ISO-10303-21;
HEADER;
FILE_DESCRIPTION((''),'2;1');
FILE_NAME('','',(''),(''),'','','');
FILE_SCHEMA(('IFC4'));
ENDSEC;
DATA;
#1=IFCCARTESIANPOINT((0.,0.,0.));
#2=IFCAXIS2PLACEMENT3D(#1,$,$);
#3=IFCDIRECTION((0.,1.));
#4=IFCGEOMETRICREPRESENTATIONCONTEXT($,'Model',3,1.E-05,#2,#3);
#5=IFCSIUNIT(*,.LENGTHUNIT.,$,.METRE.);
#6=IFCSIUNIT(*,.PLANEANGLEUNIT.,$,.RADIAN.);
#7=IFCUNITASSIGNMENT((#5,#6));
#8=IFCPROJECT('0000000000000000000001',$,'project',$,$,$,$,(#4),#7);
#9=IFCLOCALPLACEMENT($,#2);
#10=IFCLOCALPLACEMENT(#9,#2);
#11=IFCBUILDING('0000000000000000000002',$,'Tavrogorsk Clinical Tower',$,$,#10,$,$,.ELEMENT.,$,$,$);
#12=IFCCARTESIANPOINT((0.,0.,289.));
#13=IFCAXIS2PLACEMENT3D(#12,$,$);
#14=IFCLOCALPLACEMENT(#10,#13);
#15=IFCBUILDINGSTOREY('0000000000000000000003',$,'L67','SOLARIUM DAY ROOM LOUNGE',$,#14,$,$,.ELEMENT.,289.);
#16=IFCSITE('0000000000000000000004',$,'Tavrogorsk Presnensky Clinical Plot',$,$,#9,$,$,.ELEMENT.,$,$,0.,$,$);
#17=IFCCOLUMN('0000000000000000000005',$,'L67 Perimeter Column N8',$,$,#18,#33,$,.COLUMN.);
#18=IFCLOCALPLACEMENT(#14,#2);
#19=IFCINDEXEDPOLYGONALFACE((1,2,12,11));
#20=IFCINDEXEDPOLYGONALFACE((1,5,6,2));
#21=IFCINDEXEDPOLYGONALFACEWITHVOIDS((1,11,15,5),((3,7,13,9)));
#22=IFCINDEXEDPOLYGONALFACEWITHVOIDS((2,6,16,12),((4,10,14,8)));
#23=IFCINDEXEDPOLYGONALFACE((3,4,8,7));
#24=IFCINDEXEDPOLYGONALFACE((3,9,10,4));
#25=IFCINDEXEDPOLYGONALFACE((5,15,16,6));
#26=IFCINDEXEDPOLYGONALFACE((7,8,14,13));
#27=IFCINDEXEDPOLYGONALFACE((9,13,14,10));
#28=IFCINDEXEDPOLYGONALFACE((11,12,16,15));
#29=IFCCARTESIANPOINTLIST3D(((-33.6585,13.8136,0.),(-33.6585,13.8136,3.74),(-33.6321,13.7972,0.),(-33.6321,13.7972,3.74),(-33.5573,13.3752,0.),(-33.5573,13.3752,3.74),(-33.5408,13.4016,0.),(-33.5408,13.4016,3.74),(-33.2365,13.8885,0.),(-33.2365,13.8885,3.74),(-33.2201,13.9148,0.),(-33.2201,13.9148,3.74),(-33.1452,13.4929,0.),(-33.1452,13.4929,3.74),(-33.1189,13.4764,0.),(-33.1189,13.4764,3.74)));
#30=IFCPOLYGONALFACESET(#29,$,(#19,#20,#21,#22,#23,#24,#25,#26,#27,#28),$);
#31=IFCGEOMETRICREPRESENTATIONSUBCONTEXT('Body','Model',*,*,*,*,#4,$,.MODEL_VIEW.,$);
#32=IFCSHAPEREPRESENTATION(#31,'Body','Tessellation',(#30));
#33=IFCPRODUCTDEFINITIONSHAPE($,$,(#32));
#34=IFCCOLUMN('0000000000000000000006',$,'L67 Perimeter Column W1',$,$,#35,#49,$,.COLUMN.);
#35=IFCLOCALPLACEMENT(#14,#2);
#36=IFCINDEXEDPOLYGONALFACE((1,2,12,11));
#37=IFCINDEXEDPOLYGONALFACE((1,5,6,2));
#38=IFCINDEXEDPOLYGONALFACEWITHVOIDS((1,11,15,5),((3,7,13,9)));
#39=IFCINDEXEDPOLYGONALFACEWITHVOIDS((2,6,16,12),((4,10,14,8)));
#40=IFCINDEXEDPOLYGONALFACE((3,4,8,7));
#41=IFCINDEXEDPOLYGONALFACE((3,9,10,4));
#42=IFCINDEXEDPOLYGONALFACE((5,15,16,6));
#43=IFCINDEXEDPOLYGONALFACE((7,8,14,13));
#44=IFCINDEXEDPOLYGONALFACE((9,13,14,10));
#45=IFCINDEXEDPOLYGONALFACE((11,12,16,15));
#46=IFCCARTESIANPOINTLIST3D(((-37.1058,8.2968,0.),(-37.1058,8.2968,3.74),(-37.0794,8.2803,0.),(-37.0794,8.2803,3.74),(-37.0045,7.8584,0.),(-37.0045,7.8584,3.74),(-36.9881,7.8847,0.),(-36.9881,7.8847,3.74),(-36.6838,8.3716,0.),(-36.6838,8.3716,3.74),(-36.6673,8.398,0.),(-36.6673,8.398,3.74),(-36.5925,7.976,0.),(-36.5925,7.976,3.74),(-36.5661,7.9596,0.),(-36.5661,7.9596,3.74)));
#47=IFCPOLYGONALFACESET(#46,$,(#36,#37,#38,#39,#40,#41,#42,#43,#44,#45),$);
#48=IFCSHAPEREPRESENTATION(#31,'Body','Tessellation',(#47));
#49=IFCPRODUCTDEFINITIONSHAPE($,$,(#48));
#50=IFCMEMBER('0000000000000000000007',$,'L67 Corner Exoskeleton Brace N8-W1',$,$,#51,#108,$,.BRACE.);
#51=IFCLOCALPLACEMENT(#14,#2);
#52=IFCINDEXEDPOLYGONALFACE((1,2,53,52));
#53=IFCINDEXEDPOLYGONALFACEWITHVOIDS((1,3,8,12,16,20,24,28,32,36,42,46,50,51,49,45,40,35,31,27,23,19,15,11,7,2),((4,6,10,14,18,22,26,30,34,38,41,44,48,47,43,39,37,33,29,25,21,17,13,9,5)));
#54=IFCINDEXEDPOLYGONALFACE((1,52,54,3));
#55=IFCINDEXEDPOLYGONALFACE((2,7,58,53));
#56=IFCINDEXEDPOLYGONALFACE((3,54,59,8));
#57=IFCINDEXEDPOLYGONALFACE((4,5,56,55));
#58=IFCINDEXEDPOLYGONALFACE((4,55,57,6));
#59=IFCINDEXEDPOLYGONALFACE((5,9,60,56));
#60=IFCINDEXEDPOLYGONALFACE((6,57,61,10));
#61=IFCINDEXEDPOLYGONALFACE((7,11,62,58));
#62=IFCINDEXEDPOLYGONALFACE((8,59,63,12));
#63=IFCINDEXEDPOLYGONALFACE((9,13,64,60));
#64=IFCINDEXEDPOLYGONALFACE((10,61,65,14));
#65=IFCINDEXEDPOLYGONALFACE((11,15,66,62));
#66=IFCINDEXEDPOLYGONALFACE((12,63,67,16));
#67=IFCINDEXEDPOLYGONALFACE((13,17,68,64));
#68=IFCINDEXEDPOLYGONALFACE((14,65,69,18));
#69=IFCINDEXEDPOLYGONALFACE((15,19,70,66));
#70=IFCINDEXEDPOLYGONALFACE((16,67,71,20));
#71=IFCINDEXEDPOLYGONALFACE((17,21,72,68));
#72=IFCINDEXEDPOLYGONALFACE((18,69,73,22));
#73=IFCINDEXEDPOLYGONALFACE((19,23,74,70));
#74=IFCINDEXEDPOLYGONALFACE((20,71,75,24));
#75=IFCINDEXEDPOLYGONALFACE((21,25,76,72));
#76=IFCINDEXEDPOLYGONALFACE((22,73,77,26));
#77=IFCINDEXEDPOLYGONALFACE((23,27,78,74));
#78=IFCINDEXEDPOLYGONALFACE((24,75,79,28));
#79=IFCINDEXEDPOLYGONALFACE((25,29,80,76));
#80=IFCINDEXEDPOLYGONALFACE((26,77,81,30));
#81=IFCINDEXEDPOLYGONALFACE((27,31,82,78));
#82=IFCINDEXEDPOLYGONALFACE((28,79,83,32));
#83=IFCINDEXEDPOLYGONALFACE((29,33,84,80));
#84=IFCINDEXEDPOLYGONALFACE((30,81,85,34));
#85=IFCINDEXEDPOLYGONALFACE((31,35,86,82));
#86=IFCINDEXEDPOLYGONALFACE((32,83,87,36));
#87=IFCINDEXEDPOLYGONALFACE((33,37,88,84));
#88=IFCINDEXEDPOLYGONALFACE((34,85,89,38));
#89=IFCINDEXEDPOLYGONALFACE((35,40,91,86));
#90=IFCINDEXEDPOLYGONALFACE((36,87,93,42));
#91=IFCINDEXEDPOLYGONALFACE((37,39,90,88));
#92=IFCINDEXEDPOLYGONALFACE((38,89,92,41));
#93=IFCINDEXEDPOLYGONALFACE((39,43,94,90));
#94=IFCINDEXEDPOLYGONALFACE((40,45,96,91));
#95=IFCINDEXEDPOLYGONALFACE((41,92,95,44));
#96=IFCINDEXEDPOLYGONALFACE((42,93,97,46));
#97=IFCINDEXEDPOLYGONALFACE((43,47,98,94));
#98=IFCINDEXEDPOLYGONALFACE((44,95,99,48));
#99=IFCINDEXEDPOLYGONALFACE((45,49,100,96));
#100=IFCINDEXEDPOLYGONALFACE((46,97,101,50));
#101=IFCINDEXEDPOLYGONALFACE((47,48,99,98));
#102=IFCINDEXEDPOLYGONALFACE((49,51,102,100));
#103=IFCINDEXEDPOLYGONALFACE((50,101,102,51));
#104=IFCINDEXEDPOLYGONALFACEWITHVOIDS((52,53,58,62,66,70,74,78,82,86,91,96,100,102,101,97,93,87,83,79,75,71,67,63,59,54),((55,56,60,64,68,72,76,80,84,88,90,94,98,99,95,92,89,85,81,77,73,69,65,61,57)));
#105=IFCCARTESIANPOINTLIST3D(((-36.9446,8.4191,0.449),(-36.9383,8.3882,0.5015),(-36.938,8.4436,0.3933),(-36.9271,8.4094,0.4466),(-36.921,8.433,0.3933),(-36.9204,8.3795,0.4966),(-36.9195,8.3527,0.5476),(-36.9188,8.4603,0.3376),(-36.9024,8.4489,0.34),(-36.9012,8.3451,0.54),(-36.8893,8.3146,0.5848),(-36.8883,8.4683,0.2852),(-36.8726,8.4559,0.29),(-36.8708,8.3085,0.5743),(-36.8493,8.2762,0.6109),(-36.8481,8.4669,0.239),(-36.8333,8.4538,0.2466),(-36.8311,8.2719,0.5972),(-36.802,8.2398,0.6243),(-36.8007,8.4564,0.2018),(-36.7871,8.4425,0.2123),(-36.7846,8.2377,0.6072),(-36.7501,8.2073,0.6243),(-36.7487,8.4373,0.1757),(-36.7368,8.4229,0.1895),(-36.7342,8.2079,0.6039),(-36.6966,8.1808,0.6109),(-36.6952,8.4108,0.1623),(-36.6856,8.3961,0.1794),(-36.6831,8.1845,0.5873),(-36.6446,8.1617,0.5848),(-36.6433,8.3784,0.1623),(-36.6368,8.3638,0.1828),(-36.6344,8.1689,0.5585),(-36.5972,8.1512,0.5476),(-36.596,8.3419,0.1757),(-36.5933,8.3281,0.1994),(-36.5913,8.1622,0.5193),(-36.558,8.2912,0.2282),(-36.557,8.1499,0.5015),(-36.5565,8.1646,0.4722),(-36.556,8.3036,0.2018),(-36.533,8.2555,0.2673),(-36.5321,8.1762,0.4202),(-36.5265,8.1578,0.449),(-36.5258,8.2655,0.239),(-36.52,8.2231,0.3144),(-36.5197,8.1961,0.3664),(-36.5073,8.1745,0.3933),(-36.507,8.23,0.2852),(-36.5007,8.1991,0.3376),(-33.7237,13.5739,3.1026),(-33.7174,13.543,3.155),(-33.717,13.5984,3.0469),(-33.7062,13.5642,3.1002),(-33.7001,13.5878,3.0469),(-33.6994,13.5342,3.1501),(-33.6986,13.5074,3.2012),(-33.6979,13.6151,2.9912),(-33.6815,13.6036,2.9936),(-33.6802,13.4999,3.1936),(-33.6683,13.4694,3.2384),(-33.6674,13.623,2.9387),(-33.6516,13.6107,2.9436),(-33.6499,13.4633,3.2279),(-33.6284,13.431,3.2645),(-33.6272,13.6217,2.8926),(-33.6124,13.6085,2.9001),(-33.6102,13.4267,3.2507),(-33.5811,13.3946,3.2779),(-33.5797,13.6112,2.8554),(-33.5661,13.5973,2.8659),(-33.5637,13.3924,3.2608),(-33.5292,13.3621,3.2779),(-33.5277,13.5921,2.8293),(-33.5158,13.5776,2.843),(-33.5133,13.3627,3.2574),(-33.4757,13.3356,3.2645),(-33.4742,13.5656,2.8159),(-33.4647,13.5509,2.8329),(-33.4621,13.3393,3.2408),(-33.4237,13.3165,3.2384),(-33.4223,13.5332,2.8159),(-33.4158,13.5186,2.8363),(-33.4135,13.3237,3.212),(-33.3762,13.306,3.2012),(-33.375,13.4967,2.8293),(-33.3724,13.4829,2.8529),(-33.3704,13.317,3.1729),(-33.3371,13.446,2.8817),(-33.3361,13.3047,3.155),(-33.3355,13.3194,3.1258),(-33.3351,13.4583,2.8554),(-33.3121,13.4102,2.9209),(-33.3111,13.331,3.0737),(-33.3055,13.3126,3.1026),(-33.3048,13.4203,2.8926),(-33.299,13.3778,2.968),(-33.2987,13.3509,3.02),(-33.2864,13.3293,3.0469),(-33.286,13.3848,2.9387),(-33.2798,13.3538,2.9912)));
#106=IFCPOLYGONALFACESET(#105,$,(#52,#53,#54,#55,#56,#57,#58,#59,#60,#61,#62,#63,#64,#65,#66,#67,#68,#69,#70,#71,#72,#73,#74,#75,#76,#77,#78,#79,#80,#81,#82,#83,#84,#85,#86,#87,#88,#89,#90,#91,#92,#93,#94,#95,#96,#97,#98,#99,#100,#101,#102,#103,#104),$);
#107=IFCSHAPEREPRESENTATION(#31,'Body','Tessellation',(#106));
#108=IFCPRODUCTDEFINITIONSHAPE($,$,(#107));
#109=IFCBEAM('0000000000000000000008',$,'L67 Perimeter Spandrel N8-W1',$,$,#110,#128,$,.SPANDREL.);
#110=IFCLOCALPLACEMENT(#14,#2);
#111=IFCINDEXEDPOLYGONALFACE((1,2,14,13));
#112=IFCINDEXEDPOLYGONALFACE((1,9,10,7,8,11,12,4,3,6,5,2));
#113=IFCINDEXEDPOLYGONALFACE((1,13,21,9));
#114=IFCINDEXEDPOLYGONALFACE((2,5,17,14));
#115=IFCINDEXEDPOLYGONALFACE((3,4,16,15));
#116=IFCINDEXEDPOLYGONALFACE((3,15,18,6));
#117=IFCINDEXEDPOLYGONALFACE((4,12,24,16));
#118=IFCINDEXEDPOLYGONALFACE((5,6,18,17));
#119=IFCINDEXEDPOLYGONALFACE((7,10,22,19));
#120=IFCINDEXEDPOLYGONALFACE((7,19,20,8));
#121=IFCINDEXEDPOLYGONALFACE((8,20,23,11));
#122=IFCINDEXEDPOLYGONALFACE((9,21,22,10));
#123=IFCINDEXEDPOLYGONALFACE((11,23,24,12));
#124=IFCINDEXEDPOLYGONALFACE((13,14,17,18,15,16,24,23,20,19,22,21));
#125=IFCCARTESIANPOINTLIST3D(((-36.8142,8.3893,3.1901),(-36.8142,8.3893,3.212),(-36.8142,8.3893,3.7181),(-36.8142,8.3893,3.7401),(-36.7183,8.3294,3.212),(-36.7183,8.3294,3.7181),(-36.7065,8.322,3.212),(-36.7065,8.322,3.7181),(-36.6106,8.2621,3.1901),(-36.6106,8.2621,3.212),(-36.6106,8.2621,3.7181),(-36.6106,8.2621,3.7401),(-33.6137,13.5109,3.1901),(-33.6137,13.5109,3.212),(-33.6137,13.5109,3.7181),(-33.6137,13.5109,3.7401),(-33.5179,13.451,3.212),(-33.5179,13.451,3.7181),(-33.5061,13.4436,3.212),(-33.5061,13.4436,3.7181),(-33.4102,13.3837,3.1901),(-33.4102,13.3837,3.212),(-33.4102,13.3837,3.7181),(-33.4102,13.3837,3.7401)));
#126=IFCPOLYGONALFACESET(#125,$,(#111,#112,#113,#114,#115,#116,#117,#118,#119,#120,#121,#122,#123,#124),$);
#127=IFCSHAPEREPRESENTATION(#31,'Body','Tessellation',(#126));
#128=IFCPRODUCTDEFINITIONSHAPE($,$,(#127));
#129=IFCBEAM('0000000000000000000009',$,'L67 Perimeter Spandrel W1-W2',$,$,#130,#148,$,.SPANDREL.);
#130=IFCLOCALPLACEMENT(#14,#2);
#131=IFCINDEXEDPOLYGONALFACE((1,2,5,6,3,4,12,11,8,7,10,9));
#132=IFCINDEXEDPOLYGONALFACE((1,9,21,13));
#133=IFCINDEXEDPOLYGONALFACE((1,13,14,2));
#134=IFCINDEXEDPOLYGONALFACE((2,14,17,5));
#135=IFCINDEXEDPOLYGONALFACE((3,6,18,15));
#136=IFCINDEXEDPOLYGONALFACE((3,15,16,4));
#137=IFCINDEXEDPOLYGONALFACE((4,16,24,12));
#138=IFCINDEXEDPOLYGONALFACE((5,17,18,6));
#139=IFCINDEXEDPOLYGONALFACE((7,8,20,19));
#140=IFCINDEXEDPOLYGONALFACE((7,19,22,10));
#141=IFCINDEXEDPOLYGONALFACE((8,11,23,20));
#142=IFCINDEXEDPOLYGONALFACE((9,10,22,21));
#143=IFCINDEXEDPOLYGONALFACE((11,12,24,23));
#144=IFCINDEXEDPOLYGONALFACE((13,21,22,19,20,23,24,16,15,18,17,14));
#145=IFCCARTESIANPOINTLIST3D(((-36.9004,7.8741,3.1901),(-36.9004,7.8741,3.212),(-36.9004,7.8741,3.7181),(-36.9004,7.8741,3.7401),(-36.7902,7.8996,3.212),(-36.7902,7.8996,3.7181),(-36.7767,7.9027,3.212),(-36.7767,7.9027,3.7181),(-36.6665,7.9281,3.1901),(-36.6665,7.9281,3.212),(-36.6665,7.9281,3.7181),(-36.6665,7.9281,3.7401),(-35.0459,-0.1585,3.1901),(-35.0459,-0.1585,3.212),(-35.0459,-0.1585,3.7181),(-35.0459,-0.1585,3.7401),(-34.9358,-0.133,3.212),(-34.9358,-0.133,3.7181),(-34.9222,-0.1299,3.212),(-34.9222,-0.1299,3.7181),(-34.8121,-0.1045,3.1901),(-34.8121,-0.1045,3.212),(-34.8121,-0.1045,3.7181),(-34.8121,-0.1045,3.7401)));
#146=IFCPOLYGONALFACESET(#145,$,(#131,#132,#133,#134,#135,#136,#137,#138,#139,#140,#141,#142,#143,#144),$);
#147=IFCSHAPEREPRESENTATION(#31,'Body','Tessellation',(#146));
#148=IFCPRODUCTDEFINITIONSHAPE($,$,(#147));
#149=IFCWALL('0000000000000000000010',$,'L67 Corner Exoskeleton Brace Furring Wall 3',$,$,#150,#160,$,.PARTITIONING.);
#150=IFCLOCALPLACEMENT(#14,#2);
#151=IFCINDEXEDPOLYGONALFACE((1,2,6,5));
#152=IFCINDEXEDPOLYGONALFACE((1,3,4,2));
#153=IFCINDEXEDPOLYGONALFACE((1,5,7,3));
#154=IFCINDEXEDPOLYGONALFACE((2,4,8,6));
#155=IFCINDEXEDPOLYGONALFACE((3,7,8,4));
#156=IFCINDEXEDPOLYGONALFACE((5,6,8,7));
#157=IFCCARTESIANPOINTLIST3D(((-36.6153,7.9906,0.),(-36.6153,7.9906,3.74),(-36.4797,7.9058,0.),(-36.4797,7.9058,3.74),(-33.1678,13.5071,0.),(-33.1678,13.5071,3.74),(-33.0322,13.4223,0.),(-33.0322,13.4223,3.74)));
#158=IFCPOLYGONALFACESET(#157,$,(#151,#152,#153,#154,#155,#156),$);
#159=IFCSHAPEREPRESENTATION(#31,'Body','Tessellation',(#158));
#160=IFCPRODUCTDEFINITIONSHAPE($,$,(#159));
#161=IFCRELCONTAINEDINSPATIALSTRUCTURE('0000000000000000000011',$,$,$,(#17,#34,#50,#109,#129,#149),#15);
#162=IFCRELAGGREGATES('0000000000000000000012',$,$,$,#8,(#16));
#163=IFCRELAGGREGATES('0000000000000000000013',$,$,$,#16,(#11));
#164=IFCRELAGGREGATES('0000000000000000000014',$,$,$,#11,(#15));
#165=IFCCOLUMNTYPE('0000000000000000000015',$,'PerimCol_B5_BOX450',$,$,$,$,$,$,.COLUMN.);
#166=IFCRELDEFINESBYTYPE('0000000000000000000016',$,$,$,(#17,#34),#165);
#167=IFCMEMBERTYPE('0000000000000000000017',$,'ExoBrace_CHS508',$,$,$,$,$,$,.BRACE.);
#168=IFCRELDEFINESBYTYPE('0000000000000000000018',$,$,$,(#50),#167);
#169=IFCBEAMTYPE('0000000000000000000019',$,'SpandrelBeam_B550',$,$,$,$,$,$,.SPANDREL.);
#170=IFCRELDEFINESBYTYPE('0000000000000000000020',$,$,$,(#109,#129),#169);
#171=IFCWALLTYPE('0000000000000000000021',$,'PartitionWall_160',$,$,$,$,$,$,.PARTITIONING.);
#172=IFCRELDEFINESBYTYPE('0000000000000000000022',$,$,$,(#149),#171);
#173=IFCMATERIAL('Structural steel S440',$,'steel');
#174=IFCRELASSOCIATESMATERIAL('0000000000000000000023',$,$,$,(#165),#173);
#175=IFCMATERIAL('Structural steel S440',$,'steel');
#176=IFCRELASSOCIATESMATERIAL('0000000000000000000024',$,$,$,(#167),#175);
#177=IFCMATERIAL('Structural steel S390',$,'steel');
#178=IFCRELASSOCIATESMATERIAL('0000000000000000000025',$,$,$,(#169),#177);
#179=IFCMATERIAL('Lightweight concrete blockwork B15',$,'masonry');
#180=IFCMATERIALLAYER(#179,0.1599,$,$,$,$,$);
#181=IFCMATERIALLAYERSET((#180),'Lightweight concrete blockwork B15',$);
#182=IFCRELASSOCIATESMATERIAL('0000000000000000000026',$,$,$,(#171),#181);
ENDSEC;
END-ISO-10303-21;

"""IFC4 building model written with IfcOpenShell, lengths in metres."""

from ifc_helpers import new_model, si_unit, direction, frame, frame_2d, origin, origin_2d, place, context, subcontext, project, spatial, rectangle, hollow_rectangle, hollow_circle, i_section, extrude, material, layer, layer_set, material_profile, profile_set, type_object, element, save


model = new_model("IFC4")

# Units and contexts
model_context = context("Model", 3, precision=1e-05, world=origin(), true_north=direction((0.0, 1.0)))
body_context = subcontext(model_context, "Body", "Model", "MODEL_VIEW")
ifc_project = project(units=[si_unit("LENGTHUNIT", "METRE"), si_unit("PLANEANGLEUNIT", "RADIAN")], contexts=[model_context])

# Site, building, storey
site_placement = place(None, origin())
site = spatial("IfcSite", under=ifc_project, at=site_placement, Name="Tavrogorsk Presnensky Clinical Plot", CompositionType="ELEMENT", RefElevation=0.0)
building_placement = place(site_placement, origin())
building = spatial("IfcBuilding", under=site, at=building_placement, Name="Tavrogorsk Clinical Tower", CompositionType="ELEMENT")
storey_placement = place(building_placement, frame((0.0, 0.0, 289.0)))
storey = spatial("IfcBuildingStorey", under=building, at=storey_placement, Name="L67", Description="SOLARIUM DAY ROOM LOUNGE", CompositionType="ELEMENT", Elevation=289.0)

# Columns
ifc_material_1 = material(Name="Structural steel S440", Category="steel")
ifc_material_profile_1 = material_profile(ifc_material_1, hollow_rectangle(XDim=0.45, YDim=0.45, WallThickness=0.022, at=origin_2d()), Name="BOX-450x450x22")
ifc_profile_set_1 = profile_set([ifc_material_profile_1], Name="Structural steel S440")
column_type = type_object("IfcColumnType", Name="PerimCol_B5_BOX450", PredefinedType="COLUMN", material=ifc_profile_set_1)
for number, where, z_axis, x_axis, name in (
    (1, (-33.3887, 13.645, 0.0), (0.0, 0.0, 1.0), (0.97437, 0.224951, 0.0), "L67 Perimeter Column N8"),
    (2, (-36.8359, 8.1282, 0.0), (0.0, 0.0, 1.0), (0.97437, 0.224951, 0.0), "L67 Perimeter Column W1"),
):
    element("IfcColumn", number, at=place(storey_placement, frame(where, z_axis=z_axis, x_axis=x_axis)), inside=storey, type_object=column_type, Name=name, PredefinedType="COLUMN", context=body_context, shape_type="SweptSolid", body=[
        extrude(hollow_rectangle(XDim=0.45, YDim=0.45, WallThickness=0.022, at=origin_2d()), origin(), (0.0, 0.0, 1.0), 3.74),
    ])

# Member
ifc_material_2 = material(Name="Structural steel S440", Category="steel")
ifc_material_profile_2 = material_profile(ifc_material_2, hollow_circle(Radius=0.2539, WallThickness=0.02, at=origin_2d()), Name="CHS-508x20")
ifc_profile_set_2 = profile_set([ifc_material_profile_2], Name="Structural steel S440")
member_type = type_object("IfcMemberType", Name="ExoBrace_CHS508", PredefinedType="BRACE", material=ifc_profile_set_2)
member_placement = place(storey_placement, frame((-36.7227, 8.3091, 0.3933), z_axis=(0.485644, 0.777222, 0.400096), x_axis=(-0.848057, 0.529905, 0.0)))
element("IfcMember", 3, at=member_placement, inside=storey, type_object=member_type, Name="L67 Corner Exoskeleton Brace N8-W1", PredefinedType="BRACE", context=body_context, shape_type="SweptSolid", body=[
    extrude(hollow_circle(Radius=0.2539, WallThickness=0.02, at=origin_2d()), origin(), (0.0, 0.0, 1.0), 6.6323),
])

# Beams
ifc_material_3 = material(Name="Structural steel S390", Category="steel")
ifc_material_profile_3 = material_profile(ifc_material_3, i_section(OverallWidth=0.24, OverallDepth=0.55, WebThickness=0.0139, FlangeThickness=0.022, at=origin_2d()), Name="B-550x240x14x22")
ifc_profile_set_3 = profile_set([ifc_material_profile_3], Name="Structural steel S390")
beam_type = type_object("IfcBeamType", Name="SpandrelBeam_B550", PredefinedType="SPANDREL", material=ifc_profile_set_3)
beam_1_placement = place(storey_placement, frame((-33.512, 13.4473, 3.4651), z_axis=(-0.529934, -0.848039, 0.0), x_axis=(0.848039, -0.529934, 0.0)))
element("IfcBeam", 4, at=beam_1_placement, inside=storey, type_object=beam_type, Name="L67 Perimeter Spandrel N8-W1", PredefinedType="SPANDREL", context=body_context, shape_type="SweptSolid", body=[
    extrude(i_section(OverallWidth=0.24, OverallDepth=0.55, WebThickness=0.0139, FlangeThickness=0.022, at=origin_2d()), origin(), (0.0, 0.0, 1.0), 6.0393),
])
beam_2_placement = place(storey_placement, frame((-36.7834, 7.9011, 3.4651), z_axis=(0.22495, -0.97437, 0.0), x_axis=(0.97437, 0.22495, 0.0)))
element("IfcBeam", 5, at=beam_2_placement, inside=storey, type_object=beam_type, Name="L67 Perimeter Spandrel W1-W2", PredefinedType="SPANDREL", context=body_context, shape_type="SweptSolid", body=[
    extrude(i_section(OverallWidth=0.24, OverallDepth=0.55, WebThickness=0.0139, FlangeThickness=0.022, at=origin_2d()), origin(), (0.0, 0.0, 1.0), 8.2439),
])

# Wall
ifc_material_4 = material(Name="Lightweight concrete blockwork B15", Category="masonry")
ifc_layer_1 = layer(ifc_material_4, 0.1599)
ifc_layer_set_1 = layer_set([ifc_layer_1], Name="Lightweight concrete blockwork B15")
wall_type_1 = type_object("IfcWallType", Name="PartitionWall_160", PredefinedType="PARTITIONING", material=ifc_layer_set_1)
wall_1_placement = place(storey_placement, frame((-33.1001, 13.4646, 0.0), z_axis=(0.0, 0.0, 1.0), x_axis=(-0.529958, -0.848024, 0.0)))
element("IfcWall", 6, at=wall_1_placement, inside=storey, type_object=wall_type_1, Name="L67 Corner Exoskeleton Brace Furring Wall 3", PredefinedType="PARTITIONING", context=body_context, shape_type="SweptSolid", body=[
    extrude(rectangle(XDim=6.5051, YDim=0.1599, at=frame_2d((3.2524, 0.0))), origin(), (0.0, 0.0, 1.0), 3.74),
])

save(model, "model.ifc")
